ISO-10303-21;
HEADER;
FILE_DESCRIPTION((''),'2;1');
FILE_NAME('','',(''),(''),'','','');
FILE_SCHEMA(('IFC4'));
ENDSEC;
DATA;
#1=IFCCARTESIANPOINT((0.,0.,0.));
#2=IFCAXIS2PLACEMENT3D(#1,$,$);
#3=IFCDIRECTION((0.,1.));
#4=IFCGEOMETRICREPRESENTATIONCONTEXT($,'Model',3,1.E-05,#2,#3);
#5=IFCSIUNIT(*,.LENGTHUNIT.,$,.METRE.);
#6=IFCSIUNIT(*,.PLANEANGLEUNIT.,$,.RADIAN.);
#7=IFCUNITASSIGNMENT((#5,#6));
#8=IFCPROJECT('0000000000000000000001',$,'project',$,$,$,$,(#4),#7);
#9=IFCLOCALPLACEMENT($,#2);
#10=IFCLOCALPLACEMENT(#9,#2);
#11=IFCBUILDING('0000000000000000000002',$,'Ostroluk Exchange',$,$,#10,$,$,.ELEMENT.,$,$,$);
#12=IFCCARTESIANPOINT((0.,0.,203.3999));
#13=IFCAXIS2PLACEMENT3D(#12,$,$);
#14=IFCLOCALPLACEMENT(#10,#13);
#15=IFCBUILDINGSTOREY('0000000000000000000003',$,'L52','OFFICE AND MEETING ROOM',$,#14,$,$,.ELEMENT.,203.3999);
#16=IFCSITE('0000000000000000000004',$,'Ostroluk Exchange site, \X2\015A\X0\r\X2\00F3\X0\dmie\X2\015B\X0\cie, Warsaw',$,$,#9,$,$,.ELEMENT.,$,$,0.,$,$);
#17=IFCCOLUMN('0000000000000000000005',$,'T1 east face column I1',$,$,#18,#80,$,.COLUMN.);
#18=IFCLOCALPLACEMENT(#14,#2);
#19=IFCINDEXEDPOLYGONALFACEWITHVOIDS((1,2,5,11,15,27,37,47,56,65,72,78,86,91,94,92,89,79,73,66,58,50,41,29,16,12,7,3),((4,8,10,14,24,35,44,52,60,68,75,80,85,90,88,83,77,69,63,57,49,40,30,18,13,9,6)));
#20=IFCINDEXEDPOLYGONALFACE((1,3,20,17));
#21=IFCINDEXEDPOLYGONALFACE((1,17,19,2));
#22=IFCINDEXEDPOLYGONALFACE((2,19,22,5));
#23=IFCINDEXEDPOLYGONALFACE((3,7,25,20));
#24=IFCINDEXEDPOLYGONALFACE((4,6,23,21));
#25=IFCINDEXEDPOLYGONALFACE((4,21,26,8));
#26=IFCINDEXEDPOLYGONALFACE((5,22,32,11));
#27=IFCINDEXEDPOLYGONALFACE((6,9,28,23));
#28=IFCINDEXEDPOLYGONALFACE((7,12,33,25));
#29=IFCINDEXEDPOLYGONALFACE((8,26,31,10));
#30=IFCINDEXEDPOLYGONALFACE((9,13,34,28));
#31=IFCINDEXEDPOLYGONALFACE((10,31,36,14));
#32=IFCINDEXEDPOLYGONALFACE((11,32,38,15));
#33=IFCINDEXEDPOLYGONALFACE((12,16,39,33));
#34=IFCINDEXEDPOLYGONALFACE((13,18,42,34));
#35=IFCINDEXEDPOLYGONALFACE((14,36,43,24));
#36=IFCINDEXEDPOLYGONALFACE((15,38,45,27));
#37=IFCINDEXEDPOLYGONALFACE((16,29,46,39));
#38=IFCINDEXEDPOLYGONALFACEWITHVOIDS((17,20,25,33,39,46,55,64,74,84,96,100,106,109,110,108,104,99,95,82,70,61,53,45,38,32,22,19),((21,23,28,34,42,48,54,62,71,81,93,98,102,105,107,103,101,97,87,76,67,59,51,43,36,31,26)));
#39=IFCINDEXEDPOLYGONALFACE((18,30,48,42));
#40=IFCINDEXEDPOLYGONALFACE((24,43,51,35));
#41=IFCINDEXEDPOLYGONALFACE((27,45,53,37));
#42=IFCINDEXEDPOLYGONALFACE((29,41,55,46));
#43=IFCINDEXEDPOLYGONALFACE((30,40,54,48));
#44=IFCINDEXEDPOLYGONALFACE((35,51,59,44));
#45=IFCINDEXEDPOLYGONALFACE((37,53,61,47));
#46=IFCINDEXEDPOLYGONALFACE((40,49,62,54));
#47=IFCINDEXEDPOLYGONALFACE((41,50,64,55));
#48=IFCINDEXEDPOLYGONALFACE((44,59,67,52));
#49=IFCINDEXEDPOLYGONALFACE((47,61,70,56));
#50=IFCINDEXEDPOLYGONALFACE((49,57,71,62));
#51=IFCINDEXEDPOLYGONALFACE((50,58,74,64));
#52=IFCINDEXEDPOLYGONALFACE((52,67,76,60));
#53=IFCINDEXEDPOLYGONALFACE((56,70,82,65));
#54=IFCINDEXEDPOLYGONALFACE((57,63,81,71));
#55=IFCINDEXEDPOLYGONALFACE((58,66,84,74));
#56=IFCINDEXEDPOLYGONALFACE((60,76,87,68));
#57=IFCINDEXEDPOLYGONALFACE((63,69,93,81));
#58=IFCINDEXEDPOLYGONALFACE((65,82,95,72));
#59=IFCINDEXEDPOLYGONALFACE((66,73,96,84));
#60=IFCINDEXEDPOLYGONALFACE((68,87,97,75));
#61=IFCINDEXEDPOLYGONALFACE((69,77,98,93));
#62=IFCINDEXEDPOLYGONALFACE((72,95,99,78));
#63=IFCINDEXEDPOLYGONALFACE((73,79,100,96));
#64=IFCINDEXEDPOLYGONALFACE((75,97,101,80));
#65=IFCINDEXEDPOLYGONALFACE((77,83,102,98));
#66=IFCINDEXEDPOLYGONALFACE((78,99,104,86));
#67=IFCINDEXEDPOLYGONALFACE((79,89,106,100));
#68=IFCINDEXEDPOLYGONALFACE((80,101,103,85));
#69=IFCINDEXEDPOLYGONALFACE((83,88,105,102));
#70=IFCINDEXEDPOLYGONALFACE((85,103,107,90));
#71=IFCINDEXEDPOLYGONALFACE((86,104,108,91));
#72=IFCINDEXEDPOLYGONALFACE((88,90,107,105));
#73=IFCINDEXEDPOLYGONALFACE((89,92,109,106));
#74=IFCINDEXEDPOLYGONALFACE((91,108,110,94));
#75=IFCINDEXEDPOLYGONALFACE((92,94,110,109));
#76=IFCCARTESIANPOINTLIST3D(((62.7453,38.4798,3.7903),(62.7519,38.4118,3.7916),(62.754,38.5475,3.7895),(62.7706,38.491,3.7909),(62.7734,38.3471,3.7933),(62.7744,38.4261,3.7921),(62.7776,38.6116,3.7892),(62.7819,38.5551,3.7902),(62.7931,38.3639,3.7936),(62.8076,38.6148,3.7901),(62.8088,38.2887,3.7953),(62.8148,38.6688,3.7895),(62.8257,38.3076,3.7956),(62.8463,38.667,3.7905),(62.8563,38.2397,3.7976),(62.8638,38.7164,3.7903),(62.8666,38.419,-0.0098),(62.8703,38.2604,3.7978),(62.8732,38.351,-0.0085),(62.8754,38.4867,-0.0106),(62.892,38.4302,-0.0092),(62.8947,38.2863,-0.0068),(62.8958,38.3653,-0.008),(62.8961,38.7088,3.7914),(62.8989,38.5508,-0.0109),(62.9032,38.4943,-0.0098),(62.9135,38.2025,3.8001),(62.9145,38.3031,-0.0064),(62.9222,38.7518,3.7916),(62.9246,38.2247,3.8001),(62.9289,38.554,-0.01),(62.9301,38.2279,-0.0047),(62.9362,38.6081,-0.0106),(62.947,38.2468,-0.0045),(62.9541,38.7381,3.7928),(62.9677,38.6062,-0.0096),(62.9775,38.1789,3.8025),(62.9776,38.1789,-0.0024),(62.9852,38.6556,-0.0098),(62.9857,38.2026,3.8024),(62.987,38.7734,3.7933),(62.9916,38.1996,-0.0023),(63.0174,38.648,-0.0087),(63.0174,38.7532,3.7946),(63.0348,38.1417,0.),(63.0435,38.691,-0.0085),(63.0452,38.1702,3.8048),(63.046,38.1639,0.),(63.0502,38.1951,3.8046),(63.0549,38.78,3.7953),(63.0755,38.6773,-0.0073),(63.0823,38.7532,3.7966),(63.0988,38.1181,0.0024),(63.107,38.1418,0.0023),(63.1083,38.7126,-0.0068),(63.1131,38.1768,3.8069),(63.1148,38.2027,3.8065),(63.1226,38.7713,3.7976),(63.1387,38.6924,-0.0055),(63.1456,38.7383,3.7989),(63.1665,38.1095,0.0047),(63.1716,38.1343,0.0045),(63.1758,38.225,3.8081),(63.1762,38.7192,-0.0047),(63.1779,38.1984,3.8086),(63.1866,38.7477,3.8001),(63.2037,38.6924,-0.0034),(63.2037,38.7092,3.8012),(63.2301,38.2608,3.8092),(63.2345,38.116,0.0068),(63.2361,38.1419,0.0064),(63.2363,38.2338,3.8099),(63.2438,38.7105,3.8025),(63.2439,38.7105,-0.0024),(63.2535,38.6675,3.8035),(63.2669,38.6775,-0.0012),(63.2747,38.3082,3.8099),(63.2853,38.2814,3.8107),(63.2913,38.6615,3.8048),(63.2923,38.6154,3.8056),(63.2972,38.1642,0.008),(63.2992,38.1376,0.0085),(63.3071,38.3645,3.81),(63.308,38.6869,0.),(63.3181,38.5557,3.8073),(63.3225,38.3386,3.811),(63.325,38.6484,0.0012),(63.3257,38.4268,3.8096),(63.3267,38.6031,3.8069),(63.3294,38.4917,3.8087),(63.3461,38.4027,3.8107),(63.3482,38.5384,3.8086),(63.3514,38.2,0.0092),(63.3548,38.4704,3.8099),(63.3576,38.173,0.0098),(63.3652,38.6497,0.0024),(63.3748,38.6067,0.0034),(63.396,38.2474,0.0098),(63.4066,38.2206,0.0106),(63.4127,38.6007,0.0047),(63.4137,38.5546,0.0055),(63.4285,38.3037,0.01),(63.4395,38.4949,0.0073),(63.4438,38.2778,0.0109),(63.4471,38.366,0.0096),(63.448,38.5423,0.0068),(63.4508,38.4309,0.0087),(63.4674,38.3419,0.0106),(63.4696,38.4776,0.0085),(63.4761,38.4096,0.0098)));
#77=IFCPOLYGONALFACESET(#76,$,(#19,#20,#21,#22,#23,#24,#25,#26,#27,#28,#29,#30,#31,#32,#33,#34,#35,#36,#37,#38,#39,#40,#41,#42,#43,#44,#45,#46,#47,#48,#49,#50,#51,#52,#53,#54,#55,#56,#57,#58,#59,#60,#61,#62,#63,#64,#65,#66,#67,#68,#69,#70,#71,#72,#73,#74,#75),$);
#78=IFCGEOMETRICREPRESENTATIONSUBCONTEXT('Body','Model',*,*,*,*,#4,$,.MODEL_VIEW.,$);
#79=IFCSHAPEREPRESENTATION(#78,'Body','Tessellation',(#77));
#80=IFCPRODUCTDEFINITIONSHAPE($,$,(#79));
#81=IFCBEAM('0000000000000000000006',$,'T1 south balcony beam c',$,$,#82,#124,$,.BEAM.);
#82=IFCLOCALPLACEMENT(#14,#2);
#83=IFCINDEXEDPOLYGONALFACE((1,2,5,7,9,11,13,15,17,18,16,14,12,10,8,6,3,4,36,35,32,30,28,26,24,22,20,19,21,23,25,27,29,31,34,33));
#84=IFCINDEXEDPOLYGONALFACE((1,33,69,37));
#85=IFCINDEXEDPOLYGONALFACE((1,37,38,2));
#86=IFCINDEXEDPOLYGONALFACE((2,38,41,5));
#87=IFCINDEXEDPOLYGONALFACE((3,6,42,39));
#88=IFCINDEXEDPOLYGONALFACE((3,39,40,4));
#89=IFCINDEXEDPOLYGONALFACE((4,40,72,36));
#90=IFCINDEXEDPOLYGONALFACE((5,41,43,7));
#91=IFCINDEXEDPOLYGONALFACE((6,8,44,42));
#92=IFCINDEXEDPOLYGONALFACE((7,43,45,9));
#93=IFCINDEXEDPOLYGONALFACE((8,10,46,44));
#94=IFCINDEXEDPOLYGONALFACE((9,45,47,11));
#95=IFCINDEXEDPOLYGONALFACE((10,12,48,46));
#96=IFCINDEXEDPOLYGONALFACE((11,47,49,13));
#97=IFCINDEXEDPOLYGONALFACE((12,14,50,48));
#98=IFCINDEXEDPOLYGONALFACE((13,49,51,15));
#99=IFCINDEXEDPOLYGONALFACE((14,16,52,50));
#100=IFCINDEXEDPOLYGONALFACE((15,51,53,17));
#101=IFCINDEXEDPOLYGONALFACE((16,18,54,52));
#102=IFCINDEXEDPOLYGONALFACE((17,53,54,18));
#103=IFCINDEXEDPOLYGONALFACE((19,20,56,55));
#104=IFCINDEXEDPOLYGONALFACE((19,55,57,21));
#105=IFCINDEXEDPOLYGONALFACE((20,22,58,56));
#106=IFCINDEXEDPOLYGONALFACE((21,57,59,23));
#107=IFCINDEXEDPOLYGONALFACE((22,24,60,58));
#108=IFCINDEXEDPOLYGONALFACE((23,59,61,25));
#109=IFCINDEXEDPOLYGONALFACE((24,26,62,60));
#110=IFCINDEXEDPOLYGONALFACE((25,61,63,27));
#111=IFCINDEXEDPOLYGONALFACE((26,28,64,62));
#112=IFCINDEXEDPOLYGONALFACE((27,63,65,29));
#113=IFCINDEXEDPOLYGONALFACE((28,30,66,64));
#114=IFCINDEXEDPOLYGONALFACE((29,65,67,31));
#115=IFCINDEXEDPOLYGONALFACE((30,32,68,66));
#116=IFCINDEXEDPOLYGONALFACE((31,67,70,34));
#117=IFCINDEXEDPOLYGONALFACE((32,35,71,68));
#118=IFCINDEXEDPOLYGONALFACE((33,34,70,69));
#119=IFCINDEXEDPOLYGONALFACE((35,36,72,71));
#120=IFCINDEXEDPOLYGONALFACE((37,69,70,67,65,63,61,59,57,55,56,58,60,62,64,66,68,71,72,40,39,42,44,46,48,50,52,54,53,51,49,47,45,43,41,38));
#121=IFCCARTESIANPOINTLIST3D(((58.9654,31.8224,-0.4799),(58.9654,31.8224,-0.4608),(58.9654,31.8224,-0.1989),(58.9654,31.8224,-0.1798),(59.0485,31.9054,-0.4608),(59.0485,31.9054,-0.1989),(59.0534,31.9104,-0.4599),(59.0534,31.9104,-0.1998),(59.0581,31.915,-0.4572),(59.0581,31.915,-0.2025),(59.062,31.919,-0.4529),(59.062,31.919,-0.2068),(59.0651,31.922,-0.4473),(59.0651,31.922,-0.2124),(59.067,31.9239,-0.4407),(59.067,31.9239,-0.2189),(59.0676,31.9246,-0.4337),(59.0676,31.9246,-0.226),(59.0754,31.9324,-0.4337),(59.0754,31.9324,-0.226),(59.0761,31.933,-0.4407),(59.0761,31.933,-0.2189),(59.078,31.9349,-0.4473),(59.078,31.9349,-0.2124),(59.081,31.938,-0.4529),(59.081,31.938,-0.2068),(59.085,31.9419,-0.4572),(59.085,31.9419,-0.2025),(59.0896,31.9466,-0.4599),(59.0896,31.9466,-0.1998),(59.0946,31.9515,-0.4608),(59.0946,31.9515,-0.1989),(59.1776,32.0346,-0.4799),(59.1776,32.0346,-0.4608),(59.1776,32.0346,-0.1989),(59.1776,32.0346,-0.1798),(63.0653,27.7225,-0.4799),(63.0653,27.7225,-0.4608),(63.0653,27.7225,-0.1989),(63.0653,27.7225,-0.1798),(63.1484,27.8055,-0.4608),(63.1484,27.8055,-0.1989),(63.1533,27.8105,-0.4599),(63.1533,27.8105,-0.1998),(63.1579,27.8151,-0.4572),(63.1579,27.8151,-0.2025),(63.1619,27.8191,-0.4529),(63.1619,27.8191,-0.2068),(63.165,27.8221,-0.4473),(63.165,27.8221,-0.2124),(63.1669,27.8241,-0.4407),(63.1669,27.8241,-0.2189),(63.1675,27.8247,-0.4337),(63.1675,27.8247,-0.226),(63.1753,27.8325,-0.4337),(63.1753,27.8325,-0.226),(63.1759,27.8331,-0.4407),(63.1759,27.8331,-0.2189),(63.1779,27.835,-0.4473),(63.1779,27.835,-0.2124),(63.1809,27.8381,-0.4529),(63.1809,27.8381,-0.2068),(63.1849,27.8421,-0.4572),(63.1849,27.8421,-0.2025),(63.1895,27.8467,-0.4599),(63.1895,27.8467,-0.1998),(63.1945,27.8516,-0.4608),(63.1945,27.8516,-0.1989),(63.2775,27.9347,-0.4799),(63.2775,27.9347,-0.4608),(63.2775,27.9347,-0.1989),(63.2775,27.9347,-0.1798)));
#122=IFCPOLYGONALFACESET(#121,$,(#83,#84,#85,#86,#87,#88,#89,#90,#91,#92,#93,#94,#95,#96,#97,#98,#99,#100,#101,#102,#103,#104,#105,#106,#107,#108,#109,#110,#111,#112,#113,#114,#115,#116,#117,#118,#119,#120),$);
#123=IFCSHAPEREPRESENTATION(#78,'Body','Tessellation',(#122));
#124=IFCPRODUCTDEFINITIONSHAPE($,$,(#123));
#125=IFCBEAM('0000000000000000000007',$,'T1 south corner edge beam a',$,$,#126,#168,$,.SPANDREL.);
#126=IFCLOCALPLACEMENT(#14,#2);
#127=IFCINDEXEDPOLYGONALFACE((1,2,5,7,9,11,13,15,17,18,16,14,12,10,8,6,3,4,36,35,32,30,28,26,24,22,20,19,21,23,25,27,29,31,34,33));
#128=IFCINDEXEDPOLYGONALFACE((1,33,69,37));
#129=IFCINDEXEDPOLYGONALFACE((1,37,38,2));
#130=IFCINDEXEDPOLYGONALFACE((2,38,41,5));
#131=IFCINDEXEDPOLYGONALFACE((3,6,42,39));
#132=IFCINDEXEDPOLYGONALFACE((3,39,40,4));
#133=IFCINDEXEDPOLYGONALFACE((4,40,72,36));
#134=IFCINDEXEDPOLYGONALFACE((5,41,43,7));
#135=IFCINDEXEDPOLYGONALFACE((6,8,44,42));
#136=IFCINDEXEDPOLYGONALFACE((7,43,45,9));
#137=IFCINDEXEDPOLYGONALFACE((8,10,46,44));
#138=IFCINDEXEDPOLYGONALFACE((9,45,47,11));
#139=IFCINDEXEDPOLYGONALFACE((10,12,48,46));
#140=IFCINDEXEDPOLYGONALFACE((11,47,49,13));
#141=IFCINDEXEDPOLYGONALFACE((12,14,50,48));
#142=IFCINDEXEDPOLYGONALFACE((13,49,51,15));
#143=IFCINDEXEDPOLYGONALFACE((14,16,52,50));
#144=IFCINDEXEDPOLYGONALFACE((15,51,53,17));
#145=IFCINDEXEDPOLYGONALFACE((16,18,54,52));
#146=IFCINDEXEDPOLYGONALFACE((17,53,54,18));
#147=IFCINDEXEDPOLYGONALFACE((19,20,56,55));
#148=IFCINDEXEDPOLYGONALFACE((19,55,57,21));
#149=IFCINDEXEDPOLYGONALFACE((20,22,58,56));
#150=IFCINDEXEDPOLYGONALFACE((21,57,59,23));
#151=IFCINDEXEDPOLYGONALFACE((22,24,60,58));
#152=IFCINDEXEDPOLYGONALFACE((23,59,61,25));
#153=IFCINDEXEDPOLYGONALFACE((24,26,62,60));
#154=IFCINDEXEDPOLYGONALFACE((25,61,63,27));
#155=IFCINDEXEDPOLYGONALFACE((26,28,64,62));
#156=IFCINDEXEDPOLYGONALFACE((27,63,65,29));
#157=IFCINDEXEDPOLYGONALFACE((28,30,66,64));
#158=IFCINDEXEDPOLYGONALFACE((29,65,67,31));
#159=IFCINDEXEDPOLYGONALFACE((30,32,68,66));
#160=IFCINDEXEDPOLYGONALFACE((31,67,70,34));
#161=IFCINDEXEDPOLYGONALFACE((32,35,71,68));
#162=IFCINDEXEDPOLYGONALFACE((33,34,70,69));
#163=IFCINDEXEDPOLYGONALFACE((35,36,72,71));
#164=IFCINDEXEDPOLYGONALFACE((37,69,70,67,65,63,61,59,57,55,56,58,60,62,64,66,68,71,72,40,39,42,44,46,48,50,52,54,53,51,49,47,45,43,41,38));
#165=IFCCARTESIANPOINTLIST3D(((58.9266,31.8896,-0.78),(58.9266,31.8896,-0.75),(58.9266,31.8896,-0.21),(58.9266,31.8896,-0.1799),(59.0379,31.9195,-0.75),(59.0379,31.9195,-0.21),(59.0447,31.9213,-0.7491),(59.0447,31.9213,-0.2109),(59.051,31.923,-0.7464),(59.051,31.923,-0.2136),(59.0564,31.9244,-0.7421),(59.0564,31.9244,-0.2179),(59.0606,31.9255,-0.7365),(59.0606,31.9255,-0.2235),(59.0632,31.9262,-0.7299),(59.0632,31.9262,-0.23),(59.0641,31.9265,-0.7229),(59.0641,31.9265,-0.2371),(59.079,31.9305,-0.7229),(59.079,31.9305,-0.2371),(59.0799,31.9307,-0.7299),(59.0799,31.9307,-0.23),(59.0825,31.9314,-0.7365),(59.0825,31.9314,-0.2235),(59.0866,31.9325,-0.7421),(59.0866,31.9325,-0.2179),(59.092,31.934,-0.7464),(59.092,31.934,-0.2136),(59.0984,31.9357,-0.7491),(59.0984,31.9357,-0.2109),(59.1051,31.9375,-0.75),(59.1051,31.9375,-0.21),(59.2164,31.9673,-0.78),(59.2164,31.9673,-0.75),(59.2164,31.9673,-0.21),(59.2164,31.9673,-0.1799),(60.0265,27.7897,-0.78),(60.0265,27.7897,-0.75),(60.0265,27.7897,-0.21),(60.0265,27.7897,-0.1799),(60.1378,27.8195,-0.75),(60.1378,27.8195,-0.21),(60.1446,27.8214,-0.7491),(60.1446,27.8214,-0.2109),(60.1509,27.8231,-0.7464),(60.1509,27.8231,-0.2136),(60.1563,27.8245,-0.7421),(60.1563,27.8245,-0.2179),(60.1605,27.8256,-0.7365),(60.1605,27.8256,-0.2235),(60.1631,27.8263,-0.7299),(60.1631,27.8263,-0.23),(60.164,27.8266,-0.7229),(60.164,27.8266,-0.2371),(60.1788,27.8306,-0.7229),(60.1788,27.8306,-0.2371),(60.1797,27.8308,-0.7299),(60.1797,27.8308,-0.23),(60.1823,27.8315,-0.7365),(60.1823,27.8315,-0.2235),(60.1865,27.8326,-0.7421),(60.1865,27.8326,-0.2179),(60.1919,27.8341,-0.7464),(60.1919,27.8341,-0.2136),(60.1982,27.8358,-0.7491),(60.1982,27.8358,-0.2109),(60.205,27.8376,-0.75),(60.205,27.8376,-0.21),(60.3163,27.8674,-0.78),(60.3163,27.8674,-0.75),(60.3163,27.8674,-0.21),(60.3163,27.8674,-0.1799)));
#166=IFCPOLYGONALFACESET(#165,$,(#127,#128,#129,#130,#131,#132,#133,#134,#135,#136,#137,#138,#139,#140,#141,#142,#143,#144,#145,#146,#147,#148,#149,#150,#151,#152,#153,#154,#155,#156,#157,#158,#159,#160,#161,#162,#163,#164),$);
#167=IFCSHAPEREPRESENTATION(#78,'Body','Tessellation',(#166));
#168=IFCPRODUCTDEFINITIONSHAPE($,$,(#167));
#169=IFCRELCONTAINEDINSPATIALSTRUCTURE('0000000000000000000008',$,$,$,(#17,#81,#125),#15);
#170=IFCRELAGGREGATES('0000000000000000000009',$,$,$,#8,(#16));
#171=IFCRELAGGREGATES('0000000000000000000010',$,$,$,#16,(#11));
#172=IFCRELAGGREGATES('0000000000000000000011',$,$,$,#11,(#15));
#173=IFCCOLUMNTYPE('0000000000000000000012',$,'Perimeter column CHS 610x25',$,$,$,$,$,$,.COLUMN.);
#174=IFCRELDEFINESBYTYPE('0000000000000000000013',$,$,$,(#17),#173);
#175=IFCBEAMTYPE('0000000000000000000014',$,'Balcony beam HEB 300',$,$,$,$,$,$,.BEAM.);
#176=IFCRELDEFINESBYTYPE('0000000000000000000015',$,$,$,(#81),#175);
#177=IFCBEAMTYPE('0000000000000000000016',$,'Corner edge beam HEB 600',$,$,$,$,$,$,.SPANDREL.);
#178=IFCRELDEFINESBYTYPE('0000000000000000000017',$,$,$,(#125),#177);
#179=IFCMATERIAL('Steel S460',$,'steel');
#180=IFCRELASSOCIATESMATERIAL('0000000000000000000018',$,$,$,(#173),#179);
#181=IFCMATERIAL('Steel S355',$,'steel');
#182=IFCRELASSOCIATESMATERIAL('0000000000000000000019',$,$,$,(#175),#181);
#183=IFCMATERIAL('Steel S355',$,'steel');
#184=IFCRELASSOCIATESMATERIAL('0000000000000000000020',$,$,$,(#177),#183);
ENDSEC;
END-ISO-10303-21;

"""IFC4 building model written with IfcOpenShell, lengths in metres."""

from ifc_helpers import new_model, si_unit, direction, frame, origin, origin_2d, place, context, subcontext, project, spatial, hollow_circle, i_section, extrude, material, material_profile, profile_set, type_object, element, save


model = new_model("IFC4")

# Units and contexts
model_context = context("Model", 3, precision=1e-05, world=origin(), true_north=direction((0.0, 1.0)))
body_context = subcontext(model_context, "Body", "Model", "MODEL_VIEW")
ifc_project = project(units=[si_unit("LENGTHUNIT", "METRE"), si_unit("PLANEANGLEUNIT", "RADIAN")], contexts=[model_context])

# Site, building, storey
site_placement = place(None, origin())
site = spatial("IfcSite", under=ifc_project, at=site_placement, Name="Ostroluk Exchange site, Śródmieście, Warsaw", CompositionType="ELEMENT", RefElevation=0.0)
building_placement = place(site_placement, origin())
building = spatial("IfcBuilding", under=site, at=building_placement, Name="Ostroluk Exchange", CompositionType="ELEMENT")
storey_placement = place(building_placement, frame((0.0, 0.0, 203.3999)))
storey = spatial("IfcBuildingStorey", under=building, at=storey_placement, Name="L52", Description="OFFICE AND MEETING ROOM", CompositionType="ELEMENT", Elevation=203.3999)

# Column
ifc_material_1 = material(Name="Steel S460", Category="steel")
ifc_material_profile_1 = material_profile(ifc_material_1, hollow_circle(Radius=0.3049, WallThickness=0.0249, at=origin_2d()), Name="CHS 610x25")
ifc_profile_set_1 = profile_set([ifc_material_profile_1], Name="Steel S460")
column_type = type_object("IfcColumnType", Name="Perimeter column CHS 610x25", PredefinedType="COLUMN", material=ifc_profile_set_1)
column_placement = place(storey_placement, frame((63.1714, 38.4143, 0.0), z_axis=(-0.03191, 0.015987, 0.999363), x_axis=(-0.447933, -0.894067, 0.0)))
element("IfcColumn", 1, at=column_placement, inside=storey, type_object=column_type, Name="T1 east face column I1", PredefinedType="COLUMN", context=body_context, shape_type="SweptSolid", body=[
    extrude(hollow_circle(Radius=0.3049, WallThickness=0.0249, at=origin_2d()), origin(), (0.0, 0.0, 1.0), 3.8025),
])

# Beams
ifc_material_2 = material(Name="Steel S355", Category="steel")
ifc_material_profile_2 = material_profile(ifc_material_2, i_section(OverallWidth=0.3, OverallDepth=0.3, WebThickness=0.011, FlangeThickness=0.019, FilletRadius=0.0271, at=origin_2d()), Name="HEB 300")
ifc_profile_set_2 = profile_set([ifc_material_profile_2], Name="Steel S355")
beam_type_1 = type_object("IfcBeamType", Name="Balcony beam HEB 300", PredefinedType="BEAM", material=ifc_profile_set_2)
beam_1_placement = place(storey_placement, frame((59.0715, 31.9285, -0.3298), z_axis=(0.707107, -0.707107, 0.0), x_axis=(0.707107, 0.707107, 0.0)))
element("IfcBeam", 2, at=beam_1_placement, inside=storey, type_object=beam_type_1, Name="T1 south balcony beam c", PredefinedType="BEAM", context=body_context, shape_type="SweptSolid", body=[
    extrude(i_section(OverallWidth=0.3, OverallDepth=0.3, WebThickness=0.011, FlangeThickness=0.019, FilletRadius=0.0271, at=origin_2d()), origin(), (0.0, 0.0, 1.0), 5.7981),
])
ifc_material_3 = material(Name="Steel S355", Category="steel")
ifc_material_profile_3 = material_profile(ifc_material_3, i_section(OverallWidth=0.3, OverallDepth=0.6001, WebThickness=0.0154, FlangeThickness=0.03, FilletRadius=0.0271, at=origin_2d()), Name="HEB 600")
ifc_profile_set_3 = profile_set([ifc_material_profile_3], Name="Steel S355")
beam_type_2 = type_object("IfcBeamType", Name="Corner edge beam HEB 600", PredefinedType="SPANDREL", material=ifc_profile_set_3)
for number, where, z_axis, x_axis, name in (
    (3, (59.0715, 31.9285, -0.48), (0.259105, -0.965849, 0.0), (0.965849, 0.259105, 0.0), "T1 south corner edge beam a"),
):
    element("IfcBeam", number, at=place(storey_placement, frame(where, z_axis=z_axis, x_axis=x_axis)), inside=storey, type_object=beam_type_2, Name=name, PredefinedType="SPANDREL", context=body_context, shape_type="SweptSolid", body=[
        extrude(i_section(OverallWidth=0.3, OverallDepth=0.6001, WebThickness=0.0154, FlangeThickness=0.03, FilletRadius=0.0271, at=origin_2d()), origin(), (0.0, 0.0, 1.0), 4.2449),
    ])

save(model, "model.ifc")
